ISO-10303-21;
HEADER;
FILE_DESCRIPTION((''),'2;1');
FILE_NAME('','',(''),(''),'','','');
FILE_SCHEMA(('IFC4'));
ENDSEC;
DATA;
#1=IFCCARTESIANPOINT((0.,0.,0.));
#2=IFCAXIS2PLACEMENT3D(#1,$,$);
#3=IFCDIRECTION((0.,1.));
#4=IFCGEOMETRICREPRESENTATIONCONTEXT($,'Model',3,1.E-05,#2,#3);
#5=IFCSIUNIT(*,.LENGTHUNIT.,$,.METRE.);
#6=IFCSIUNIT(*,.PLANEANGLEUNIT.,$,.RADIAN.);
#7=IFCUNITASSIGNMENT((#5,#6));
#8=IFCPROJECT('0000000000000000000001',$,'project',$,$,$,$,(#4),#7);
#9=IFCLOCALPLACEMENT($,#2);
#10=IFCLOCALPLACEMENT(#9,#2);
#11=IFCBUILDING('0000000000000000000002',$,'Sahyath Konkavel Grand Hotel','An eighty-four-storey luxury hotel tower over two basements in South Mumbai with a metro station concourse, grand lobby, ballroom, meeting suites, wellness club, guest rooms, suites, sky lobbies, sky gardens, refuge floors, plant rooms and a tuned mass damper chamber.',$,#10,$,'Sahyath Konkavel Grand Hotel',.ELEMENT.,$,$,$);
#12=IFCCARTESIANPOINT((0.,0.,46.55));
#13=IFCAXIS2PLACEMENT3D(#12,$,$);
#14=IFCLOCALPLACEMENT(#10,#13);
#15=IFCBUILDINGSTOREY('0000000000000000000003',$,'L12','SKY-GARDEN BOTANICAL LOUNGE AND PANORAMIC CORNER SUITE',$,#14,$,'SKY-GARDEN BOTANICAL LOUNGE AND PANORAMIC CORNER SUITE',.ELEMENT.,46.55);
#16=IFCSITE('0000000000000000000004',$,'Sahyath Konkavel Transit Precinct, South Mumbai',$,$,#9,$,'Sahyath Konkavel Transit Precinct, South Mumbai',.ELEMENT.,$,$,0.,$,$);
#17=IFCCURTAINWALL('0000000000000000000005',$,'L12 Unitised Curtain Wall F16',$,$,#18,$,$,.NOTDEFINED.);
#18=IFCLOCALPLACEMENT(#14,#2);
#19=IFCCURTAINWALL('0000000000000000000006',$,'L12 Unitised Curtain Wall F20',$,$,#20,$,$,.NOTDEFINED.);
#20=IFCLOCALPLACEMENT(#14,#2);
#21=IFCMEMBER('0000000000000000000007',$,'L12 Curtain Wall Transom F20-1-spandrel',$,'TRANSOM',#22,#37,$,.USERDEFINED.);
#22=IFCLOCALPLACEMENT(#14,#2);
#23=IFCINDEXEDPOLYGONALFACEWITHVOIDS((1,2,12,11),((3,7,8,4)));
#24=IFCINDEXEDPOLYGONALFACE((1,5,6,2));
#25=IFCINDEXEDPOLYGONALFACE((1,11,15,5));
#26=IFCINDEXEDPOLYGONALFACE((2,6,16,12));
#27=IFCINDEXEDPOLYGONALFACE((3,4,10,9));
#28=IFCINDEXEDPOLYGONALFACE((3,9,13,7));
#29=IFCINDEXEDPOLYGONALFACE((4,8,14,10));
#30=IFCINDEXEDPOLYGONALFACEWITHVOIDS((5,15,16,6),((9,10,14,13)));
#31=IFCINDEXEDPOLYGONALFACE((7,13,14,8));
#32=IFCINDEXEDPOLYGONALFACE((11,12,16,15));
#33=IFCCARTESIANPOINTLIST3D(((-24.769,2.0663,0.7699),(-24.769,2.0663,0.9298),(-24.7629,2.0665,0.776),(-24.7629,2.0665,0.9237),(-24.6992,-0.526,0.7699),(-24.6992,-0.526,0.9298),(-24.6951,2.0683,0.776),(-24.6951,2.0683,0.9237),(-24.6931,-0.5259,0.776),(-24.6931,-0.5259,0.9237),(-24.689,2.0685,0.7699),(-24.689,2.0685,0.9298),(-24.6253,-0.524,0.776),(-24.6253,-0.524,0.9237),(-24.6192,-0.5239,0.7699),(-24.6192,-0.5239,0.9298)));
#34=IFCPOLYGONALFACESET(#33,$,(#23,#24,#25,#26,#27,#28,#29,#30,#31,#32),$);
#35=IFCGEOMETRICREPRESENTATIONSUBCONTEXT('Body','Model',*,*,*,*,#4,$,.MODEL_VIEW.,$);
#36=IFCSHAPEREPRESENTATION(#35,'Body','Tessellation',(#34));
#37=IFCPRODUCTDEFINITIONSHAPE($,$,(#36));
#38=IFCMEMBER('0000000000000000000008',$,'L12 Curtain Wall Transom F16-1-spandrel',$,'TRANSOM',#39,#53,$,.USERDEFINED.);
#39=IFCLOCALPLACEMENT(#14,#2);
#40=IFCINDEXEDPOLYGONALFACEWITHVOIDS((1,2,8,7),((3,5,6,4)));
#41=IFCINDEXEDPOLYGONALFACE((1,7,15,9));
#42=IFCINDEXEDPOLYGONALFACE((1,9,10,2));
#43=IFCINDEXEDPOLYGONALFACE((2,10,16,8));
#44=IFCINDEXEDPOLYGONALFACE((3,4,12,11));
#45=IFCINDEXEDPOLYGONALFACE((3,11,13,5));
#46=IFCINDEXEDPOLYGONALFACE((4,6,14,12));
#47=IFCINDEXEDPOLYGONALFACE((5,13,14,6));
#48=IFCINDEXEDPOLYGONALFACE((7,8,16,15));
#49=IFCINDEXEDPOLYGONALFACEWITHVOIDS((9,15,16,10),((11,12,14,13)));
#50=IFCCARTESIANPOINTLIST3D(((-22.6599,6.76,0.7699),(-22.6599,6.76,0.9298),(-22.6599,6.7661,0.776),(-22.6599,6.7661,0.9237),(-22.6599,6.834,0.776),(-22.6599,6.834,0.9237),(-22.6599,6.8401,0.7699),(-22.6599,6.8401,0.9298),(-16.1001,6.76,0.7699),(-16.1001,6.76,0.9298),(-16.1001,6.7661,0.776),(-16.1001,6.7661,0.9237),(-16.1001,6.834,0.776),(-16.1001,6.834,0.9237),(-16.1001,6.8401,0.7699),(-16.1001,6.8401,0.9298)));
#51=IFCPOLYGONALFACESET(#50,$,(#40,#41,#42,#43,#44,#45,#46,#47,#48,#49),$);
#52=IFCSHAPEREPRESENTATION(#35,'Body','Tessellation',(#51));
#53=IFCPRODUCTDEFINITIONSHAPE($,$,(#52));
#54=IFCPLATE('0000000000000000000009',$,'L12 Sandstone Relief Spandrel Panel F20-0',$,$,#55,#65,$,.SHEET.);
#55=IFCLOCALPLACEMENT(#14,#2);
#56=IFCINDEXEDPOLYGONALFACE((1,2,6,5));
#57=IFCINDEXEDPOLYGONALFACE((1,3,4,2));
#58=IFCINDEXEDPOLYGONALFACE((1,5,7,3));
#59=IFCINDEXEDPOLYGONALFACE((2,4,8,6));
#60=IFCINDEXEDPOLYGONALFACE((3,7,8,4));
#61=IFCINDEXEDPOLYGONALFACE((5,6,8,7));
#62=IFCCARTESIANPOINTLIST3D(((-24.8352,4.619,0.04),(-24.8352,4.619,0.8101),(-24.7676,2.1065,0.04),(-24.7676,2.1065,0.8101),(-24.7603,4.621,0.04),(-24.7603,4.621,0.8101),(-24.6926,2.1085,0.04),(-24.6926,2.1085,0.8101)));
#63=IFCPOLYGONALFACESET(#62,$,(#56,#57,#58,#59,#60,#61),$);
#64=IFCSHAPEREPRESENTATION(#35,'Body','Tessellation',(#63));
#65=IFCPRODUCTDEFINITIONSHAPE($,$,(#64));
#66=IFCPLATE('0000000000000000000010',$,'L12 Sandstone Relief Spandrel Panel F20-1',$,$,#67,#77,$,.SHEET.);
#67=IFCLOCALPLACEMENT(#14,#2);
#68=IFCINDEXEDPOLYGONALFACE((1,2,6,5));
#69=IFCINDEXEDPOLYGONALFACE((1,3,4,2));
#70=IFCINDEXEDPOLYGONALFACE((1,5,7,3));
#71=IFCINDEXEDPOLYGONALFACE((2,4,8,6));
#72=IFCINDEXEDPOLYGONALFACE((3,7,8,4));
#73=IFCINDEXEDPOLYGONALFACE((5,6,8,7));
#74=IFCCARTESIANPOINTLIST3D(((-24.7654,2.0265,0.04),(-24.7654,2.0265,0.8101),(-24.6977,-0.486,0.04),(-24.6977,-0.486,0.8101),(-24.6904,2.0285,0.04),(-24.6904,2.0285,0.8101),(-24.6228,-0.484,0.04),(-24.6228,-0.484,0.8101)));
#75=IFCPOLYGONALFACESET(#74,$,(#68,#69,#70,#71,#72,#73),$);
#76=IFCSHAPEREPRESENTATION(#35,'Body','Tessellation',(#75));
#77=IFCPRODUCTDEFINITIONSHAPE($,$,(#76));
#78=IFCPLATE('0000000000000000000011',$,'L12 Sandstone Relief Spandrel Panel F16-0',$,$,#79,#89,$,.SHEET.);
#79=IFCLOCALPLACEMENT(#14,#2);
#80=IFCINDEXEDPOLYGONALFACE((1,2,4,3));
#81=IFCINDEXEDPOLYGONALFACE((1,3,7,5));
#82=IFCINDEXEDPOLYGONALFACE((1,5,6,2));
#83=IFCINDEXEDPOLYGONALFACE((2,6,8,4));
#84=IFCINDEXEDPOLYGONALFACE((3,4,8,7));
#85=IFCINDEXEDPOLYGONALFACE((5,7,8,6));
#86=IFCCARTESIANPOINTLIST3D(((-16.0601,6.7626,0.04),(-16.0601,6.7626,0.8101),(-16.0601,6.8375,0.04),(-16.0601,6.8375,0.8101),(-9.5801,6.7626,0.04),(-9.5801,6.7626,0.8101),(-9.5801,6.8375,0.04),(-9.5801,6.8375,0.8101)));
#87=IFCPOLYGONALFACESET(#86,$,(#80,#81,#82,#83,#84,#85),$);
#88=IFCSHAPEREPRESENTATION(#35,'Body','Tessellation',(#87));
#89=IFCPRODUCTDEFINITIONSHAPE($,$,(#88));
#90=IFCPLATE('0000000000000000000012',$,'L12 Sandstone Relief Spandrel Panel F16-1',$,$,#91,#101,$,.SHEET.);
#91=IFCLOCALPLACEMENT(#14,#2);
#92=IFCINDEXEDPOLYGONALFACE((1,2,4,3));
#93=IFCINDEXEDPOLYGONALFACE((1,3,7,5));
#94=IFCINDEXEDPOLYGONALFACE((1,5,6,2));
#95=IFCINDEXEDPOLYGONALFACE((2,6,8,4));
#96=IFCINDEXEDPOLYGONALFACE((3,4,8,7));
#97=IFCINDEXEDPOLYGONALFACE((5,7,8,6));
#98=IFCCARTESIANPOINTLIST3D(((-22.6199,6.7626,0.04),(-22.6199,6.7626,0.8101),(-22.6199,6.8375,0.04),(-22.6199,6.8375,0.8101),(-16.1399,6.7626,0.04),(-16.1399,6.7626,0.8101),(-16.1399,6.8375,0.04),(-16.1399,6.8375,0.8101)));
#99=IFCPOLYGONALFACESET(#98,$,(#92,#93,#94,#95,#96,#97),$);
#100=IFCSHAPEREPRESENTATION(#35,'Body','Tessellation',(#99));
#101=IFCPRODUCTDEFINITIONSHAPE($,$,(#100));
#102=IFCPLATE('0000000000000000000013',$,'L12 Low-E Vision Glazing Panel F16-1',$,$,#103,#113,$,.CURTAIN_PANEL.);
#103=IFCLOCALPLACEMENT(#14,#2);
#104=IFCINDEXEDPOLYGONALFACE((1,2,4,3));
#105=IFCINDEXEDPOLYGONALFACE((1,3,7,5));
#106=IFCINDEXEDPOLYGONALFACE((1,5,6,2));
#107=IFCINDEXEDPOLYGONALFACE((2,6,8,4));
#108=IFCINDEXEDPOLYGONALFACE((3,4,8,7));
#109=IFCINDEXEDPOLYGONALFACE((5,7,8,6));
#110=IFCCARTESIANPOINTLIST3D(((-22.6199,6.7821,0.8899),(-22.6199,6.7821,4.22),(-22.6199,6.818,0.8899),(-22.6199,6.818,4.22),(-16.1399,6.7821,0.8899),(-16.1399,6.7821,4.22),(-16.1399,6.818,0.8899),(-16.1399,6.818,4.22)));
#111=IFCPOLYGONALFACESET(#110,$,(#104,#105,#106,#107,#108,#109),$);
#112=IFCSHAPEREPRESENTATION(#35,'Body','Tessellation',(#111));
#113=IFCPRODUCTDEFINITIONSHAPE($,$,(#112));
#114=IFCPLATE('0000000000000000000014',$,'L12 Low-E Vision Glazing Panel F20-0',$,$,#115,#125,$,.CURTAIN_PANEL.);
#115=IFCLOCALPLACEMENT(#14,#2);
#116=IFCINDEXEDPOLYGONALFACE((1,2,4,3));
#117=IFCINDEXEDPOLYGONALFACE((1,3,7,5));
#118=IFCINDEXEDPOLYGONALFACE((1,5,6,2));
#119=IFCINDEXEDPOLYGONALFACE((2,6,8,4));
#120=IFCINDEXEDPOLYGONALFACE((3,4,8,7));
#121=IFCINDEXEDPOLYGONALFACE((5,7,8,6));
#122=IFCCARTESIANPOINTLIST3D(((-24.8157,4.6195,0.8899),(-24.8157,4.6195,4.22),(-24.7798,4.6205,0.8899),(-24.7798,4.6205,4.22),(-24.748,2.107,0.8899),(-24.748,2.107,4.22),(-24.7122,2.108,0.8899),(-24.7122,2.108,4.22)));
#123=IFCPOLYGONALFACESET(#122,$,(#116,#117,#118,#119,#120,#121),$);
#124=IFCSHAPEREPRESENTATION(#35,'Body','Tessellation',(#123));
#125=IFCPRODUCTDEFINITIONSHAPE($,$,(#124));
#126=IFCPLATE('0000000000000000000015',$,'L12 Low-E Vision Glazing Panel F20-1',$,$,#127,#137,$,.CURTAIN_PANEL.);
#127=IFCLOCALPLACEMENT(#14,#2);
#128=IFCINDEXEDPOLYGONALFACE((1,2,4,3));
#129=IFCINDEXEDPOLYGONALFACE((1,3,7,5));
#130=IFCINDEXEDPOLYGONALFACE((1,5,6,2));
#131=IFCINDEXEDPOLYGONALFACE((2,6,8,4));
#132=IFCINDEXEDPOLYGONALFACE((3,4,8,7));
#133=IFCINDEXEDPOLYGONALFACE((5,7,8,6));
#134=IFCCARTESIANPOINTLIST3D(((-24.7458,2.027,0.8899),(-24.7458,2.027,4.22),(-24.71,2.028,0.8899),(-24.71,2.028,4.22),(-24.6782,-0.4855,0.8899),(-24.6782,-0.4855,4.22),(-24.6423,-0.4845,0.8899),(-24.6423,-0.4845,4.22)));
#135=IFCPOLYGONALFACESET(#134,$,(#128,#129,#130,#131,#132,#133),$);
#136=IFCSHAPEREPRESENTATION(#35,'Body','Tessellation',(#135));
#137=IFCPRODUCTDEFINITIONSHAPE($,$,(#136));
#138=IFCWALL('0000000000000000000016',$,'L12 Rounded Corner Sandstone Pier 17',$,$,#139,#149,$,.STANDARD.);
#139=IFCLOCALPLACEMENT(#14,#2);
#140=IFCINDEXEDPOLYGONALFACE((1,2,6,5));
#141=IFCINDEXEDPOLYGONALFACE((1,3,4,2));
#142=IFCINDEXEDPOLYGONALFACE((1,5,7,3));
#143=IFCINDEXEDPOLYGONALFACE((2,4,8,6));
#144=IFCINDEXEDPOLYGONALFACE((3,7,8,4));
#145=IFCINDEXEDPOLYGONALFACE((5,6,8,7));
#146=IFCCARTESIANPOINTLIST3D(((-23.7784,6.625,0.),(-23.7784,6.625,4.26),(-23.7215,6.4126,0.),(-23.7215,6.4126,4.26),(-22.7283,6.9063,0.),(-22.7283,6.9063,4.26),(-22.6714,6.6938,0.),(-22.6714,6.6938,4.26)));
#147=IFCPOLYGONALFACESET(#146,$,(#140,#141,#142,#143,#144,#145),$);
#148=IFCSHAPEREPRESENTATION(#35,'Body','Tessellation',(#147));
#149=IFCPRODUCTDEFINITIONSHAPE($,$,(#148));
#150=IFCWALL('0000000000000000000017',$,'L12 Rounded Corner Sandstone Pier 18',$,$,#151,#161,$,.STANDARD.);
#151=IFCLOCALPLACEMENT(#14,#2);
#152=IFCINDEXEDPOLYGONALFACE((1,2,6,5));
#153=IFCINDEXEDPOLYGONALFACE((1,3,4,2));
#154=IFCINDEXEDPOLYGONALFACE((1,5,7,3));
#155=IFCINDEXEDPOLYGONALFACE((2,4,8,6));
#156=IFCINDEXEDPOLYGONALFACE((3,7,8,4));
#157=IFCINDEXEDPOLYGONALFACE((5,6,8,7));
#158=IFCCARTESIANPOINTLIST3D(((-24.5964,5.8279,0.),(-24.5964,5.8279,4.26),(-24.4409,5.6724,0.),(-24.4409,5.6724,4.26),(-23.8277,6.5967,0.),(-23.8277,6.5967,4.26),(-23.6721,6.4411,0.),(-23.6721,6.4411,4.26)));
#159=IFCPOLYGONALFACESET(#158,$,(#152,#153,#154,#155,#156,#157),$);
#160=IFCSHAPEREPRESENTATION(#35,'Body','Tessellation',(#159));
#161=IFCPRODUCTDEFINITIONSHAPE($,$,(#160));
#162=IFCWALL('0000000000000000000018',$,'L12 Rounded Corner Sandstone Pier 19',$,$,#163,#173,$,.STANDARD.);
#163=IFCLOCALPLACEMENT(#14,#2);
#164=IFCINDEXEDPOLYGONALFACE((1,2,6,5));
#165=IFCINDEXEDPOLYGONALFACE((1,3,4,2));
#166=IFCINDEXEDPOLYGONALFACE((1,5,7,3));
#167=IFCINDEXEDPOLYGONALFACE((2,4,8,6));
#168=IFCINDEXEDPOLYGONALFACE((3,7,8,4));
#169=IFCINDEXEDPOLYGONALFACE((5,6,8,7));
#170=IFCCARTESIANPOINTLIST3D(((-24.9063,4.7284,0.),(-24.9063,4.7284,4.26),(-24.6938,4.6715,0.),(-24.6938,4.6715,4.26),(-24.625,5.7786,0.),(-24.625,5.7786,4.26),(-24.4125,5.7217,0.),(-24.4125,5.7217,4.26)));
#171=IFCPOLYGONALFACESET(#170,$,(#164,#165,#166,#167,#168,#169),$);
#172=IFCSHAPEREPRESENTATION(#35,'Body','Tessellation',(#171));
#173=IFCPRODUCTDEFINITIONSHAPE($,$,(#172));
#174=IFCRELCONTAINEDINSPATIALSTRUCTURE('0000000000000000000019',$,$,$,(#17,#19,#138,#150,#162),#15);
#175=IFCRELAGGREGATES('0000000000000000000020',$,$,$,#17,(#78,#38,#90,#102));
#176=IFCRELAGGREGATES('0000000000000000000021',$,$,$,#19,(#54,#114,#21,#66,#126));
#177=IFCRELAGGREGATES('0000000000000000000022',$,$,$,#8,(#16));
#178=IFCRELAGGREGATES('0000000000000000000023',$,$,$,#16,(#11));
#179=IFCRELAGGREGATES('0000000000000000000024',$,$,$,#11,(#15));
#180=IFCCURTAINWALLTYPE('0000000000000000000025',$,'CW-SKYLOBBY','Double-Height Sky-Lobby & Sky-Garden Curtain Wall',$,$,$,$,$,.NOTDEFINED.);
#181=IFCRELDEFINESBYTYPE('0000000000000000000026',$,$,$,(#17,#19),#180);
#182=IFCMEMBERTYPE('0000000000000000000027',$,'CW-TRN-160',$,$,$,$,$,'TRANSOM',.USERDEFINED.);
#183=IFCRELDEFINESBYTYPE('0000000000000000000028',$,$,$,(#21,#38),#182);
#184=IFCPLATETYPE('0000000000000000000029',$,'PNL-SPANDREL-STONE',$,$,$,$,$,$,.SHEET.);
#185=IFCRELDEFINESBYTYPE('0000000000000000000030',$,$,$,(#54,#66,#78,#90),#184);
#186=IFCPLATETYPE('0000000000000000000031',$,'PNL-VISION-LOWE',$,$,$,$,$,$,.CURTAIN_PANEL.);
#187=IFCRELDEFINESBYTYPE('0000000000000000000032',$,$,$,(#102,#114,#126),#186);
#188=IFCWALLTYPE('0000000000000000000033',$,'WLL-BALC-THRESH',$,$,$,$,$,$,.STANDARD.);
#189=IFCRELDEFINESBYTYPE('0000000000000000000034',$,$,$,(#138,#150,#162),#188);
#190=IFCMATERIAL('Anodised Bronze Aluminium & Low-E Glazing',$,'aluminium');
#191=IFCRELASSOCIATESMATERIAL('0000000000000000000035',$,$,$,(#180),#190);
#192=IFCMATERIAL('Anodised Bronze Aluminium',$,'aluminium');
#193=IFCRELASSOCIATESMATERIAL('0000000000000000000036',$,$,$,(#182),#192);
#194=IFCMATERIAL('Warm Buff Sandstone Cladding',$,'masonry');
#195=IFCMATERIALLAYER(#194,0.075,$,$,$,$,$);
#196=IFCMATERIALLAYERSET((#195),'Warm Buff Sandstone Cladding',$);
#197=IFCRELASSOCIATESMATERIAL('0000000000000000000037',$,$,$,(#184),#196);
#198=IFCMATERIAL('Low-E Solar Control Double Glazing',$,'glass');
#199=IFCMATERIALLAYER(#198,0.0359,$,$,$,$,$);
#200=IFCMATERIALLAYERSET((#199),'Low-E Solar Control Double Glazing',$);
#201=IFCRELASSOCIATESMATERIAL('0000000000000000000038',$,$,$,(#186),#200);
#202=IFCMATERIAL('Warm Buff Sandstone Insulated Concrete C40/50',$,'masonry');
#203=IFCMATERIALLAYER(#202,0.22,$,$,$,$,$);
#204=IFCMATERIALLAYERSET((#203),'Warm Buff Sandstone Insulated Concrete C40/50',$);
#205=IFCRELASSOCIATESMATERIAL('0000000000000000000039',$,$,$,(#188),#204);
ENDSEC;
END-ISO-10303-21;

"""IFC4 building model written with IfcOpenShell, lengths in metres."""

from ifc_helpers import new_model, si_unit, direction, frame, frame_2d, origin, origin_2d, place, context, subcontext, project, spatial, rectangle, hollow_rectangle, extrude, source, transform, mapped, material, layer, layer_set, material_profile, profile_set, type_object, element, aggregate, save


model = new_model("IFC4")

# Units and contexts
model_context = context("Model", 3, precision=1e-05, world=origin(), true_north=direction((0.0, 1.0)))
body_context = subcontext(model_context, "Body", "Model", "MODEL_VIEW")
ifc_project = project(units=[si_unit("LENGTHUNIT", "METRE"), si_unit("PLANEANGLEUNIT", "RADIAN")], contexts=[model_context])

# Site, building, storey
site_placement = place(None, origin())
site = spatial("IfcSite", under=ifc_project, at=site_placement, Name="Sahyath Konkavel Transit Precinct, South Mumbai", LongName="Sahyath Konkavel Transit Precinct, South Mumbai", CompositionType="ELEMENT", RefElevation=0.0)
building_placement = place(site_placement, origin())
building = spatial("IfcBuilding", under=site, at=building_placement, Name="Sahyath Konkavel Grand Hotel", Description="An eighty-four-storey luxury hotel tower over two basements in South Mumbai with a metro station concourse, grand lobby, ballroom, meeting suites, wellness club, guest rooms, suites, sky lobbies, sky gardens, refuge floors, plant rooms and a tuned mass damper chamber.", LongName="Sahyath Konkavel Grand Hotel", CompositionType="ELEMENT")
storey_placement = place(building_placement, frame((0.0, 0.0, 46.55)))
storey = spatial("IfcBuildingStorey", under=building, at=storey_placement, Name="L12", Description="SKY-GARDEN BOTANICAL LOUNGE AND PANORAMIC CORNER SUITE", LongName="SKY-GARDEN BOTANICAL LOUNGE AND PANORAMIC CORNER SUITE", CompositionType="ELEMENT", Elevation=46.55)

# Curtain walls, member
ifc_material_1 = material(Name="Anodised Bronze Aluminium & Low-E Glazing", Category="aluminium")
curtain_wall_type = type_object("IfcCurtainWallType", Name="CW-SKYLOBBY", Description="Double-Height Sky-Lobby & Sky-Garden Curtain Wall", PredefinedType="NOTDEFINED", material=ifc_material_1)
curtain_wall_1_placement = place(storey_placement, origin())
curtain_wall_1 = element("IfcCurtainWall", 1, at=curtain_wall_1_placement, inside=storey, type_object=curtain_wall_type, Name="L12 Unitised Curtain Wall F16", PredefinedType="NOTDEFINED")
ifc_material_2 = material(Name="Anodised Bronze Aluminium", Category="aluminium")
curtain_wall_2_placement = place(storey_placement, origin())
curtain_wall_2 = element("IfcCurtainWall", 2, at=curtain_wall_2_placement, inside=storey, type_object=curtain_wall_type, Name="L12 Unitised Curtain Wall F20", PredefinedType="NOTDEFINED")
ifc_material_profile_1 = material_profile(ifc_material_2, hollow_rectangle(XDim=0.0801, YDim=0.1599, WallThickness=0.0061, at=origin_2d()), Name="RHS 160x80x6")
ifc_profile_set_1 = profile_set([ifc_material_profile_1], Name="Anodised Bronze Aluminium")
member_type_1 = type_object("IfcMemberType", Name="CW-TRN-160", ElementType="TRANSOM", PredefinedType="USERDEFINED", material=ifc_profile_set_1)
shared_shape_1 = source(origin(), body_context, "Body", "SweptSolid", [
    extrude(hollow_rectangle(XDim=0.0801, YDim=0.1599, WallThickness=0.0061, at=origin_2d()), origin(), (0.0, 0.0, 1.0), 2.5933),
])
member_1_placement = place(storey_placement, frame((-24.729, 2.0674, 0.8499), z_axis=(0.026926, -0.999637, 0.0), x_axis=(0.999637, 0.026926, 0.0)))
member_1 = element("IfcMember", 3, at=member_1_placement, type_object=member_type_1, Name="L12 Curtain Wall Transom F20-1-spandrel", ObjectType="TRANSOM", PredefinedType="USERDEFINED", context=body_context, shape_type="MappedRepresentation", body=[
    mapped(shared_shape_1, transform((0.0, 0.0, 0.0), scale=1.0)),
])

# Member
shared_shape_2 = source(origin(), body_context, "Body", "SweptSolid", [
    extrude(hollow_rectangle(XDim=0.0801, YDim=0.1599, WallThickness=0.0061, at=origin_2d()), origin(), (0.0, 0.0, 1.0), 6.5598),
])
member_2_placement = place(storey_placement, frame((-16.1001, 6.8, 0.8499), z_axis=(-1.0, 0.0, 0.0), x_axis=(0.0, -1.0, 0.0)))
member_2 = element("IfcMember", 4, at=member_2_placement, type_object=member_type_1, Name="L12 Curtain Wall Transom F16-1-spandrel", ObjectType="TRANSOM", PredefinedType="USERDEFINED", context=body_context, shape_type="MappedRepresentation", body=[
    mapped(shared_shape_2, transform((0.0, 0.0, 0.0), scale=1.0)),
])

# Plates
ifc_material_3 = material(Name="Warm Buff Sandstone Cladding", Category="masonry")
ifc_layer_1 = layer(ifc_material_3, 0.075)
ifc_layer_set_1 = layer_set([ifc_layer_1], Name="Warm Buff Sandstone Cladding")
plate_type_1 = type_object("IfcPlateType", Name="PNL-SPANDREL-STONE", PredefinedType="SHEET", material=ifc_layer_set_1)
shared_shape_3 = source(origin(), body_context, "Body", "SweptSolid", [
    extrude(rectangle(XDim=2.5134, YDim=0.075, at=origin_2d()), origin(), (0.0, 0.0, 1.0), 0.77),
])
plate_1_placement = place(storey_placement, frame((-24.7639, 3.3638, 0.04), z_axis=(0.0, 0.0, 1.0), x_axis=(0.02691, -0.999638, 0.0)))
plate_1 = element("IfcPlate", 5, at=plate_1_placement, type_object=plate_type_1, Name="L12 Sandstone Relief Spandrel Panel F20-0", PredefinedType="SHEET", context=body_context, shape_type="MappedRepresentation", body=[
    mapped(shared_shape_3, transform((0.0, 0.0, 0.0), scale=1.0)),
])
plate_2_placement = place(storey_placement, frame((-24.6941, 0.7712, 0.04), z_axis=(0.0, 0.0, 1.0), x_axis=(0.02691, -0.999638, 0.0)))
plate_2 = element("IfcPlate", 6, at=plate_2_placement, type_object=plate_type_1, Name="L12 Sandstone Relief Spandrel Panel F20-1", PredefinedType="SHEET", context=body_context, shape_type="MappedRepresentation", body=[
    mapped(shared_shape_3, transform((0.0, 0.0, 0.0), scale=1.0)),
])
shared_shape_4 = source(origin(), body_context, "Body", "SweptSolid", [
    extrude(rectangle(XDim=6.48, YDim=0.075, at=origin_2d()), origin(), (0.0, 0.0, 1.0), 0.77),
])
plate_3_placement = place(storey_placement, frame((-12.8201, 6.8, 0.04), z_axis=(0.0, 0.0, 1.0), x_axis=(-1.0, 0.0, 0.0)))
plate_3 = element("IfcPlate", 7, at=plate_3_placement, type_object=plate_type_1, Name="L12 Sandstone Relief Spandrel Panel F16-0", PredefinedType="SHEET", context=body_context, shape_type="MappedRepresentation", body=[
    mapped(shared_shape_4, transform((0.0, 0.0, 0.0), scale=1.0)),
])
plate_4_placement = place(storey_placement, frame((-19.3799, 6.8, 0.04), z_axis=(0.0, 0.0, 1.0), x_axis=(-1.0, 0.0, 0.0)))
plate_4 = element("IfcPlate", 8, at=plate_4_placement, type_object=plate_type_1, Name="L12 Sandstone Relief Spandrel Panel F16-1", PredefinedType="SHEET", context=body_context, shape_type="MappedRepresentation", body=[
    mapped(shared_shape_4, transform((0.0, 0.0, 0.0), scale=1.0)),
])
ifc_material_4 = material(Name="Low-E Solar Control Double Glazing", Category="glass")
ifc_layer_2 = layer(ifc_material_4, 0.0359)
ifc_layer_set_2 = layer_set([ifc_layer_2], Name="Low-E Solar Control Double Glazing")
plate_type_2 = type_object("IfcPlateType", Name="PNL-VISION-LOWE", PredefinedType="CURTAIN_PANEL", material=ifc_layer_set_2)
shared_shape_5 = source(origin(), body_context, "Body", "SweptSolid", [
    extrude(rectangle(XDim=6.48, YDim=0.0359, at=origin_2d()), origin(), (0.0, 0.0, 1.0), 3.3301),
])
plate_5_placement = place(storey_placement, frame((-19.3799, 6.8, 0.8899), z_axis=(0.0, 0.0, 1.0), x_axis=(-1.0, 0.0, 0.0)))
plate_5 = element("IfcPlate", 9, at=plate_5_placement, type_object=plate_type_2, Name="L12 Low-E Vision Glazing Panel F16-1", PredefinedType="CURTAIN_PANEL", context=body_context, shape_type="MappedRepresentation", body=[
    mapped(shared_shape_5, transform((0.0, 0.0, 0.0), scale=1.0)),
])
aggregate(curtain_wall_1, [plate_3, member_2, plate_4, plate_5])
shared_shape_6 = source(origin(), body_context, "Body", "SweptSolid", [
    extrude(rectangle(XDim=2.5134, YDim=0.0359, at=origin_2d()), origin(), (0.0, 0.0, 1.0), 3.3301),
])
plate_6_placement = place(storey_placement, frame((-24.7639, 3.3638, 0.8899), z_axis=(0.0, 0.0, 1.0), x_axis=(0.02691, -0.999638, 0.0)))
plate_6 = element("IfcPlate", 10, at=plate_6_placement, type_object=plate_type_2, Name="L12 Low-E Vision Glazing Panel F20-0", PredefinedType="CURTAIN_PANEL", context=body_context, shape_type="MappedRepresentation", body=[
    mapped(shared_shape_6, transform((0.0, 0.0, 0.0), scale=1.0)),
])
plate_7_placement = place(storey_placement, frame((-24.6941, 0.7712, 0.8899), z_axis=(0.0, 0.0, 1.0), x_axis=(0.02691, -0.999638, 0.0)))
plate_7 = element("IfcPlate", 11, at=plate_7_placement, type_object=plate_type_2, Name="L12 Low-E Vision Glazing Panel F20-1", PredefinedType="CURTAIN_PANEL", context=body_context, shape_type="MappedRepresentation", body=[
    mapped(shared_shape_6, transform((0.0, 0.0, 0.0), scale=1.0)),
])
aggregate(curtain_wall_2, [plate_1, plate_6, member_1, plate_2, plate_7])

# Walls
ifc_material_5 = material(Name="Warm Buff Sandstone Insulated Concrete C40/50", Category="masonry")
ifc_layer_3 = layer(ifc_material_5, 0.22)
ifc_layer_set_3 = layer_set([ifc_layer_3], Name="Warm Buff Sandstone Insulated Concrete C40/50")
wall_type = type_object("IfcWallType", Name="WLL-BALC-THRESH", PredefinedType="STANDARD", material=ifc_layer_set_3)
for number, where, z_axis, x_axis, name in (
    (12, (-22.7, 6.8, 0.0), (0.0, 0.0, 1.0), (-0.965951, -0.258725, 0.0), "L12 Rounded Corner Sandstone Pier 17"),
    (13, (-23.75, 6.5188, 0.0), (0.0, 0.0, 1.0), (-0.707107, -0.707107, 0.0), "L12 Rounded Corner Sandstone Pier 18"),
    (14, (-24.5188, 5.75, 0.0), (0.0, 0.0, 1.0), (-0.258725, -0.965951, 0.0), "L12 Rounded Corner Sandstone Pier 19"),
):
    element("IfcWall", number, at=place(storey_placement, frame(where, z_axis=z_axis, x_axis=x_axis)), inside=storey, type_object=wall_type, Name=name, PredefinedType="STANDARD", context=body_context, shape_type="SweptSolid", body=[
        extrude(rectangle(XDim=1.0872, YDim=0.22, at=frame_2d((0.5435, 0.0))), origin(), (0.0, 0.0, 1.0), 4.26),
    ])

save(model, "model.ifc")
